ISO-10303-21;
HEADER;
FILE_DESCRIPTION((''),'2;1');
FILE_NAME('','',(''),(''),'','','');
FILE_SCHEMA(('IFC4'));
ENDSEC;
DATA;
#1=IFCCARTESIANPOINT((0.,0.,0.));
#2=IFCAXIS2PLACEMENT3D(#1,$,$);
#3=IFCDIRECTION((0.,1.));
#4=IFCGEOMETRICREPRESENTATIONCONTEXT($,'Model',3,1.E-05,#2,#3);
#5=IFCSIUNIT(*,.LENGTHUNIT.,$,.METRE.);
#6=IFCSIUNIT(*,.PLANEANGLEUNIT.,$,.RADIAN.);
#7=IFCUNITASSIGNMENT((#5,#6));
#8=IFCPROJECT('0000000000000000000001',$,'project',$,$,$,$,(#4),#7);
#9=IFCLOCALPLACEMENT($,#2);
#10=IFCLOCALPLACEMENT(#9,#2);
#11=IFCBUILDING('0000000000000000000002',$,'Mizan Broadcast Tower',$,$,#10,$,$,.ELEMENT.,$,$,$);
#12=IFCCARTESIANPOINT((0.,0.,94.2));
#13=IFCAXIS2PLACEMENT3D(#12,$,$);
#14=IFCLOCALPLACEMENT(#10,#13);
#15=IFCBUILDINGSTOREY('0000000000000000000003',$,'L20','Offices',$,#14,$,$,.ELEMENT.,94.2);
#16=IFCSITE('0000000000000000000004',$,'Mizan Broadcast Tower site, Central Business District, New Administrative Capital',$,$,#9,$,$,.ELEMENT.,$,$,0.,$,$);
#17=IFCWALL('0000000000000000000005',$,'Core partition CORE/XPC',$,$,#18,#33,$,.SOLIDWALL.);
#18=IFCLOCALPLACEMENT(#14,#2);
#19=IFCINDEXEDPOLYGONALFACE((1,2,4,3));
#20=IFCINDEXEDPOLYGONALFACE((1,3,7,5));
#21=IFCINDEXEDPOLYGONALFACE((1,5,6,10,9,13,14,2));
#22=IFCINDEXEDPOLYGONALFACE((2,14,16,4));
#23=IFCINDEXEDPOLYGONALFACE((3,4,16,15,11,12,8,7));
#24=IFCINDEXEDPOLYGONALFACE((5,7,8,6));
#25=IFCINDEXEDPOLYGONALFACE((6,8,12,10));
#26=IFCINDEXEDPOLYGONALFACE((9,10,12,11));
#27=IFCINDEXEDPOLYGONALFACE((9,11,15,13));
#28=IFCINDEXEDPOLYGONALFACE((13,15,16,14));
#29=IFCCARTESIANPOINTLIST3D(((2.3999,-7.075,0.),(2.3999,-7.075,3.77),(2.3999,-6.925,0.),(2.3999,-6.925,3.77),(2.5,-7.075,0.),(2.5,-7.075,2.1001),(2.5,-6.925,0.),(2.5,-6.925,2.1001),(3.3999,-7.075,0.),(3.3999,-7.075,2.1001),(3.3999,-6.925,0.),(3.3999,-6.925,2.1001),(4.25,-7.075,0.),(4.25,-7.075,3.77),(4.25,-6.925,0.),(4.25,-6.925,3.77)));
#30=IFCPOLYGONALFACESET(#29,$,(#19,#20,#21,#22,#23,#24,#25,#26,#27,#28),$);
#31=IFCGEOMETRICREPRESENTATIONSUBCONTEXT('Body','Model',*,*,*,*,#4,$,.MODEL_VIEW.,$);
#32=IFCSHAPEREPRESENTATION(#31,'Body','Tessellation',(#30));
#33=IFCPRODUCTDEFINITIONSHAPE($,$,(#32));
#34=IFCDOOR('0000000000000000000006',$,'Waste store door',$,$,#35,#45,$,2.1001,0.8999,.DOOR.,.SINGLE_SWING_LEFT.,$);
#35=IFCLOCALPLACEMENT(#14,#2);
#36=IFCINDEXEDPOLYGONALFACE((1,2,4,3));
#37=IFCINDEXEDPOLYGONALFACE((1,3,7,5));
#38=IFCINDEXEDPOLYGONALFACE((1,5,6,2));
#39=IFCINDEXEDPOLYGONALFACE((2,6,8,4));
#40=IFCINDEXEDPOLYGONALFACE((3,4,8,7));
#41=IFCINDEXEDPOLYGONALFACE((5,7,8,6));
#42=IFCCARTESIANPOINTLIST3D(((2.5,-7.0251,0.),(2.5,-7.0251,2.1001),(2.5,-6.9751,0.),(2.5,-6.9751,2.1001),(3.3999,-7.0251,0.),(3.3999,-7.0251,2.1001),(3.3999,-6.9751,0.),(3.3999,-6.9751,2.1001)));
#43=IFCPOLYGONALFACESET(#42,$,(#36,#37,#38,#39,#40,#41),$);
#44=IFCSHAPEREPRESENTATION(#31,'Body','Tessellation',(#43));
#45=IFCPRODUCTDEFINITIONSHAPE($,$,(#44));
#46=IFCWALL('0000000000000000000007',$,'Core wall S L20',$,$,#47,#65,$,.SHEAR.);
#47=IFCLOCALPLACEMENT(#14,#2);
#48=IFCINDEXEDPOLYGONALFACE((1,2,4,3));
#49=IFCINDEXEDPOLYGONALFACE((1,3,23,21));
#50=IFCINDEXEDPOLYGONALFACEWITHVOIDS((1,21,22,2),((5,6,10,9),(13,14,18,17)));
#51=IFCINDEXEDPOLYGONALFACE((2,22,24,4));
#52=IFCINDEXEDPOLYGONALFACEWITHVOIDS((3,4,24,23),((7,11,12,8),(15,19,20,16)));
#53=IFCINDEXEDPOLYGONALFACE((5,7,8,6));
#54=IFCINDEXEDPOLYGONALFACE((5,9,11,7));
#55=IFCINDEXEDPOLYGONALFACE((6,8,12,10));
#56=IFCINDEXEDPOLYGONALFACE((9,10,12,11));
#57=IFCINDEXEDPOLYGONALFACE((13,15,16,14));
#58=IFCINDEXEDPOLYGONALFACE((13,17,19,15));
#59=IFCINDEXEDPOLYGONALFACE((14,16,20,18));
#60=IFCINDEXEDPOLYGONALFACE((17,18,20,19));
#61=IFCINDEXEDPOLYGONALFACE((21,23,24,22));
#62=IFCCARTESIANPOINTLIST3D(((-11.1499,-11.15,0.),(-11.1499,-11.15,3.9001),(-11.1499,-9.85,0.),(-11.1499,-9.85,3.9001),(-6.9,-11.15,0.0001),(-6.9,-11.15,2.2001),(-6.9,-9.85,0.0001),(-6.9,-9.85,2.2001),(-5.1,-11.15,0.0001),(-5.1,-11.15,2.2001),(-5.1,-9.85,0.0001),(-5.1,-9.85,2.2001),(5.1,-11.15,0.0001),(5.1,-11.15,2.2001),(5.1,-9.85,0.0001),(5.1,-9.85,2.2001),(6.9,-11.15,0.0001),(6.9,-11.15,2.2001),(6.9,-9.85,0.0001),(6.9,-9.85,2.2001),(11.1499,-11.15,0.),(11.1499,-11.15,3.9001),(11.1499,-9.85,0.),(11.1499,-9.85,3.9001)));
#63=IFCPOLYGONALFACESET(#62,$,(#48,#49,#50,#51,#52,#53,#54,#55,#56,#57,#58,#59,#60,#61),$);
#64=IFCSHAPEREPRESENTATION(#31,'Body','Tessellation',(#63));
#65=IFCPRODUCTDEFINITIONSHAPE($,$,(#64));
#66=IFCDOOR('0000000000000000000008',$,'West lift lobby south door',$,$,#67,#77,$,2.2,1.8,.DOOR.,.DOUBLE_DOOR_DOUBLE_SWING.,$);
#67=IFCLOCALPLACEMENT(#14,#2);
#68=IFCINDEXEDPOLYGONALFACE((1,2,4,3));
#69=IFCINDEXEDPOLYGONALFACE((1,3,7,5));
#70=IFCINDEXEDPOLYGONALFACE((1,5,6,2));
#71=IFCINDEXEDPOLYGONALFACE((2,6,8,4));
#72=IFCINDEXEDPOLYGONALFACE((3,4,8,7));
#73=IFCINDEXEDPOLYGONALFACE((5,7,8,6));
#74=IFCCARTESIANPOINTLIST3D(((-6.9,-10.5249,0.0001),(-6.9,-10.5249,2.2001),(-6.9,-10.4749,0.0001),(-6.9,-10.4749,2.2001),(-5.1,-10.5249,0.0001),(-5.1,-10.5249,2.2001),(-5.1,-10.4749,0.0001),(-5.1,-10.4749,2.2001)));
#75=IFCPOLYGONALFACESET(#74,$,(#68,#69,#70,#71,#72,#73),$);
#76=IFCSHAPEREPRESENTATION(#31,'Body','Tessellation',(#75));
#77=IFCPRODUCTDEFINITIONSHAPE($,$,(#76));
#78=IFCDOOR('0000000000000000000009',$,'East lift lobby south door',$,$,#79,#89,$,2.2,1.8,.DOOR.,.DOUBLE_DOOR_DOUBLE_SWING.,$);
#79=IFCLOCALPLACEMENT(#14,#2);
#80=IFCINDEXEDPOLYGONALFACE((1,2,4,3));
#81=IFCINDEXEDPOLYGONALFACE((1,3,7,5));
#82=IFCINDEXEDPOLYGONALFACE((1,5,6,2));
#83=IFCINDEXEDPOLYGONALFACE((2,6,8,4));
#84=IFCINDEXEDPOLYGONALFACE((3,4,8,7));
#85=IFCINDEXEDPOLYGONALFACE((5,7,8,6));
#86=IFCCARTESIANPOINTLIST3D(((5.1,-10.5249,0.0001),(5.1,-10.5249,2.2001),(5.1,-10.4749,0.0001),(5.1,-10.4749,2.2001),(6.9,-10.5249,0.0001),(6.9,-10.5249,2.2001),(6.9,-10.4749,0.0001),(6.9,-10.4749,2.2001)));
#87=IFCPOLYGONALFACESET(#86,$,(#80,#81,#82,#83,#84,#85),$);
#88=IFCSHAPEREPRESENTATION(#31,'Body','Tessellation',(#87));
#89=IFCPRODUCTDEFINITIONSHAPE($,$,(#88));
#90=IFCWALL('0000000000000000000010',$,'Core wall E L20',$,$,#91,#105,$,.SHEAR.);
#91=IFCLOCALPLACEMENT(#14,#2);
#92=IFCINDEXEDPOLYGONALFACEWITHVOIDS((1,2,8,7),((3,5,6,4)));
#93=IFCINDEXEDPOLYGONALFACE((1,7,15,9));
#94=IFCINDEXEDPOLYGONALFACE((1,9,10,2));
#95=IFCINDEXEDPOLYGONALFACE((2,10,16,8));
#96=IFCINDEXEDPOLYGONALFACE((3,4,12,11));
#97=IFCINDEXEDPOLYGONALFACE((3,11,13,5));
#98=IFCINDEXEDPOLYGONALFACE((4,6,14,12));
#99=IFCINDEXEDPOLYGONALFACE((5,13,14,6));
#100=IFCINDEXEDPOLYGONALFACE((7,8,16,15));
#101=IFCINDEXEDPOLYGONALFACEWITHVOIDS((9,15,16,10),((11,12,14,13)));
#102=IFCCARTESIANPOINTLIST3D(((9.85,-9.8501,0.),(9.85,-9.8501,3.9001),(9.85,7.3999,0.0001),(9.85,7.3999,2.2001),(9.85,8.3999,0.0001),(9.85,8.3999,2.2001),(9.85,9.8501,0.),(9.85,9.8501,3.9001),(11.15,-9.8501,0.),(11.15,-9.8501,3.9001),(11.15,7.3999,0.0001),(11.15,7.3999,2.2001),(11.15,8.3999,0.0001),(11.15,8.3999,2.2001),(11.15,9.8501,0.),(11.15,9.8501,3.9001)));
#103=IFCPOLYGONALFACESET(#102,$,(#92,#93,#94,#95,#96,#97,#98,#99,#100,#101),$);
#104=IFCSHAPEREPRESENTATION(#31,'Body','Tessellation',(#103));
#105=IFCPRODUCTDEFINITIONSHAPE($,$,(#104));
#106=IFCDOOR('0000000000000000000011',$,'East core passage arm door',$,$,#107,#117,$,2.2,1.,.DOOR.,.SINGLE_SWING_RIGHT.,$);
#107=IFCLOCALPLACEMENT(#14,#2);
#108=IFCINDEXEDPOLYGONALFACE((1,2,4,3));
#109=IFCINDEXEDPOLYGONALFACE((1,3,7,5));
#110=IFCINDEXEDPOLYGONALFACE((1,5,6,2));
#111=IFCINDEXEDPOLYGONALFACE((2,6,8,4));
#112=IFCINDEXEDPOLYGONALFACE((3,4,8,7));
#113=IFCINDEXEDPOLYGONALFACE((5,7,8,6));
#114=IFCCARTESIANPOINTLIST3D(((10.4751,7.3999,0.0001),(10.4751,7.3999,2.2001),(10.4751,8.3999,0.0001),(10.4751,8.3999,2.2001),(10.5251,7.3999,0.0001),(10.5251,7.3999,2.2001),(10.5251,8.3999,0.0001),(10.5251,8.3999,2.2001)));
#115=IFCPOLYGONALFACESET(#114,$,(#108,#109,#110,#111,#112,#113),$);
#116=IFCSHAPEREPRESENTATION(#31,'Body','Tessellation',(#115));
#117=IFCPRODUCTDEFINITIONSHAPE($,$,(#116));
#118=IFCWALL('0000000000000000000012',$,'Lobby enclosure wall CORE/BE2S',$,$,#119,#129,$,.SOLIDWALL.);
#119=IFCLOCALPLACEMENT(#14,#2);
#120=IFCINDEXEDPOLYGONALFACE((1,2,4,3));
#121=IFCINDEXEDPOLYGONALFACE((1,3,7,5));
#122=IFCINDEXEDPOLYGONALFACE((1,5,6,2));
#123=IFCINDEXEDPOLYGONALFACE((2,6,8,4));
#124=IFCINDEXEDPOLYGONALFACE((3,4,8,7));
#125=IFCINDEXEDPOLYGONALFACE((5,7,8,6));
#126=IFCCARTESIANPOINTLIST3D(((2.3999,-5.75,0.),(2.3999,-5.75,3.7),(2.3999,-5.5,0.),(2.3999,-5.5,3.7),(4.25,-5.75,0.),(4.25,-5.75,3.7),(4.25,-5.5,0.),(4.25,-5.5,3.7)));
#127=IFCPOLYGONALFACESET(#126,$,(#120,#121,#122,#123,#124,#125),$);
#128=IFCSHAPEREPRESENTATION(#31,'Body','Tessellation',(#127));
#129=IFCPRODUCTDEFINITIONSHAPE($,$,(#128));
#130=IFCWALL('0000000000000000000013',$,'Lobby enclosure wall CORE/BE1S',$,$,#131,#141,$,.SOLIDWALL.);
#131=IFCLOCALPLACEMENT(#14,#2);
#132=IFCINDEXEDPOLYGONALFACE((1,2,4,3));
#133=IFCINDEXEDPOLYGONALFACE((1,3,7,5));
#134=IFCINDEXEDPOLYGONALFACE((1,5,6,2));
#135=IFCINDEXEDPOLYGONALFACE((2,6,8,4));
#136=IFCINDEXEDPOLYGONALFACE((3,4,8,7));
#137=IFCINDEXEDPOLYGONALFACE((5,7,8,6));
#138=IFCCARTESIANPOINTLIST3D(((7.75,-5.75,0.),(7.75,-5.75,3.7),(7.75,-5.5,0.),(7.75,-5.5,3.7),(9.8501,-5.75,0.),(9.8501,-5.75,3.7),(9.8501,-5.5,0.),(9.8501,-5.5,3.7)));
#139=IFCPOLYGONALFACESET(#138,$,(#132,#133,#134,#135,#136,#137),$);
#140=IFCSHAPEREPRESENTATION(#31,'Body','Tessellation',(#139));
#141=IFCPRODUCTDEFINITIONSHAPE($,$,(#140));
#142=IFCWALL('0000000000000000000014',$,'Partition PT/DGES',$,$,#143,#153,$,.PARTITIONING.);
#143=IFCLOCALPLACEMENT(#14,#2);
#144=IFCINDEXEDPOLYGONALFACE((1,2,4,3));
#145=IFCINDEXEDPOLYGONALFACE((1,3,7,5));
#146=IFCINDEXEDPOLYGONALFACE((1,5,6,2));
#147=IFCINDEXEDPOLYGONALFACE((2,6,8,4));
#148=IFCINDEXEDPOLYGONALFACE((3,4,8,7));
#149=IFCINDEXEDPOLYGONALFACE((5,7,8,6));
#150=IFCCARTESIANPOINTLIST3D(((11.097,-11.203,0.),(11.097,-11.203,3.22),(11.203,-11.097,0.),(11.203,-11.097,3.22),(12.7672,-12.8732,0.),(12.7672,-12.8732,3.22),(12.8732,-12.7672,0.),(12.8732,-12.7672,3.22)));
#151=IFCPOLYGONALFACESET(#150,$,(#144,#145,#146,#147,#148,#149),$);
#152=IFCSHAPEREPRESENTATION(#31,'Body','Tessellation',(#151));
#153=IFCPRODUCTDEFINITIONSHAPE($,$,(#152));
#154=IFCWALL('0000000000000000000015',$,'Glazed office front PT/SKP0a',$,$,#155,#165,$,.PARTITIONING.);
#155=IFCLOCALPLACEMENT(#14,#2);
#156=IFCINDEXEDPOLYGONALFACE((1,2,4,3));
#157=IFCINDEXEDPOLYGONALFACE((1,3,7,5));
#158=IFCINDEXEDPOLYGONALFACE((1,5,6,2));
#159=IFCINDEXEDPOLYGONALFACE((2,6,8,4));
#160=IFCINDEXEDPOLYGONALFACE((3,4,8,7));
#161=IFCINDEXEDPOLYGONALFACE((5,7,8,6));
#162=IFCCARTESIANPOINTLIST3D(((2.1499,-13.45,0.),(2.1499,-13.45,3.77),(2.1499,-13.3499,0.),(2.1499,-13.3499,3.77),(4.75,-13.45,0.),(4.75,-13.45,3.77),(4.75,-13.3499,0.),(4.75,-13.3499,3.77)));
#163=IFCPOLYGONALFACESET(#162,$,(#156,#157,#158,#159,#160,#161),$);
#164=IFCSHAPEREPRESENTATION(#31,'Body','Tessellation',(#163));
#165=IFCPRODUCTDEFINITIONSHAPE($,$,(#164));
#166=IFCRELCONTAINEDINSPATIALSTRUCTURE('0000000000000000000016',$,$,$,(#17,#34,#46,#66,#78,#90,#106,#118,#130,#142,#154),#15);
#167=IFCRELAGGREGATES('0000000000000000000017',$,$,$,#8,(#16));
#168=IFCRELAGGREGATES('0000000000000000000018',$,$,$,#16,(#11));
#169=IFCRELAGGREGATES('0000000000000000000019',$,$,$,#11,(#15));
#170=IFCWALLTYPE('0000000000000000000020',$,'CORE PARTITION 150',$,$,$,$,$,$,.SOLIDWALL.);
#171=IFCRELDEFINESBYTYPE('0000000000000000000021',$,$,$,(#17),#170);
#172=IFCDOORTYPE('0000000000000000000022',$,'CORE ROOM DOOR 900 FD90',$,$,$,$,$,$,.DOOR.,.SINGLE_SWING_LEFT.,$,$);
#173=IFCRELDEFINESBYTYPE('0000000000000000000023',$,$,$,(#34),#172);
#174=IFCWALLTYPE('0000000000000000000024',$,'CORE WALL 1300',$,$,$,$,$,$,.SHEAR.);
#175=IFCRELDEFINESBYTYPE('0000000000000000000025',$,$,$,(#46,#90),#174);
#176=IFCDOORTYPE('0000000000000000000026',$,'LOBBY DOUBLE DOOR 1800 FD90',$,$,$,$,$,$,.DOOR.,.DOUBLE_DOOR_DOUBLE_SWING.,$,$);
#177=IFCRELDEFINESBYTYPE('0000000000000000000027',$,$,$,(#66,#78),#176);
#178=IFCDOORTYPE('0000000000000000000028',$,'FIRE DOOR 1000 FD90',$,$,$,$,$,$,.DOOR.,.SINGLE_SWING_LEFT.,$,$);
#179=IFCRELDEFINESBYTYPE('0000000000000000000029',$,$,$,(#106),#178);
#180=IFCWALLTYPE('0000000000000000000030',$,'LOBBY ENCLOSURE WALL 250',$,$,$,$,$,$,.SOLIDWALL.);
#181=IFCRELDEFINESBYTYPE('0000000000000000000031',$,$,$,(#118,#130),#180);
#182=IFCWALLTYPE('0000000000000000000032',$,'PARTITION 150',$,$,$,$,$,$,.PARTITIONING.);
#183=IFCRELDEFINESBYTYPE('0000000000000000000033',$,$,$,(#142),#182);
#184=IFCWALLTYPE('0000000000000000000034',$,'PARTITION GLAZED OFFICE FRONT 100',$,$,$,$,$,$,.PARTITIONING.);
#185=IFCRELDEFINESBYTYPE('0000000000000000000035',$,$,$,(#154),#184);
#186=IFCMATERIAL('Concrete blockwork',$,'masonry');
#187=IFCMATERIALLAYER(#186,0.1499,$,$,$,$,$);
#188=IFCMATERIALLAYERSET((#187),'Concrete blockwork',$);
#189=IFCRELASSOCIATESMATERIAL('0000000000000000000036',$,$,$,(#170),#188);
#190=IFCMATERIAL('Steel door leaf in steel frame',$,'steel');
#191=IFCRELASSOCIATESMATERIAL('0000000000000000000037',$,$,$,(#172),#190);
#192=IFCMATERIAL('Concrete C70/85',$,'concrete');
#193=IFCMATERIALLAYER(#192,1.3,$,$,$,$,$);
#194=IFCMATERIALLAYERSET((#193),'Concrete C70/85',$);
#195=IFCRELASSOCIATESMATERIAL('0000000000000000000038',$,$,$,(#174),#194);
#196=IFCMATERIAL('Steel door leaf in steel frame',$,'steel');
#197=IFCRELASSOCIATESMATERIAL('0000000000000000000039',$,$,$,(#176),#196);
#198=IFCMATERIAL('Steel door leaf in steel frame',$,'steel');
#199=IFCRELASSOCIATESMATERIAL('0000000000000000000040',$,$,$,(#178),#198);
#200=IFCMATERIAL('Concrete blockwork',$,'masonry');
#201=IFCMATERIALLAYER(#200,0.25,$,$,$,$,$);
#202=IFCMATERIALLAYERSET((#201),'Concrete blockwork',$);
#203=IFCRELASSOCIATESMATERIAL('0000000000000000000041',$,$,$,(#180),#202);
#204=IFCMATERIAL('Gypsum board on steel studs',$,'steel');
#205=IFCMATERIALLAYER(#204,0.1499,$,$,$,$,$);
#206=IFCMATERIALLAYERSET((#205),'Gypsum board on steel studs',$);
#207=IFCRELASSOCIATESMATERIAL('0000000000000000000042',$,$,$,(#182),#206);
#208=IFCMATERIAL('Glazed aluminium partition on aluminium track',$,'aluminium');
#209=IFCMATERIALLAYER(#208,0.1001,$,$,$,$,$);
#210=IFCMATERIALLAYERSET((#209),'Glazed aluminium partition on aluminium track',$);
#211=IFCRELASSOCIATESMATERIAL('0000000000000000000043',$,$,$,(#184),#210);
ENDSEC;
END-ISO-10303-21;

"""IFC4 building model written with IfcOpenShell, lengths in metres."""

from ifc_helpers import new_model, si_unit, direction, frame, frame_2d, origin, place, context, subcontext, project, spatial, rectangle, extrude, material, layer, layer_set, type_object, element, fill, save


model = new_model("IFC4")

# Units and contexts
model_context = context("Model", 3, precision=1e-05, world=origin(), true_north=direction((0.0, 1.0)))
body_context = subcontext(model_context, "Body", "Model", "MODEL_VIEW")
ifc_project = project(units=[si_unit("LENGTHUNIT", "METRE"), si_unit("PLANEANGLEUNIT", "RADIAN")], contexts=[model_context])

# Site, building, storey
site_placement = place(None, origin())
site = spatial("IfcSite", under=ifc_project, at=site_placement, Name="Mizan Broadcast Tower site, Central Business District, New Administrative Capital", CompositionType="ELEMENT", RefElevation=0.0)
building_placement = place(site_placement, origin())
building = spatial("IfcBuilding", under=site, at=building_placement, Name="Mizan Broadcast Tower", CompositionType="ELEMENT")
storey_placement = place(building_placement, frame((0.0, 0.0, 94.2)))
storey = spatial("IfcBuildingStorey", under=building, at=storey_placement, Name="L20", Description="Offices", CompositionType="ELEMENT", Elevation=94.2)

# Wall, opening, door
ifc_material_1 = material(Name="Concrete blockwork", Category="masonry")
ifc_layer_1 = layer(ifc_material_1, 0.1499)
ifc_layer_set_1 = layer_set([ifc_layer_1], Name="Concrete blockwork")
wall_type_1 = type_object("IfcWallType", Name="CORE PARTITION 150", PredefinedType="SOLIDWALL", material=ifc_layer_set_1)
wall_1_placement = place(storey_placement, frame((2.3999, -7.0, 0.0), z_axis=(0.0, 0.0, 1.0), x_axis=(1.0, 0.0, 0.0)))
wall_1 = element("IfcWall", 1, at=wall_1_placement, inside=storey, type_object=wall_type_1, Name="Core partition CORE/XPC", PredefinedType="SOLIDWALL", context=body_context, shape_type="SweptSolid", body=[
    extrude(rectangle(XDim=1.8501, YDim=0.1499, at=frame_2d((0.925, 0.0))), origin(), (0.0, 0.0, 1.0), 3.77),
])
opening_1_placement = place(wall_1_placement, frame((0.1001, 0.0, 0.0)))
opening_1 = element("IfcOpeningElement", 2, at=opening_1_placement, cuts=wall_1, PredefinedType="OPENING", context=body_context, shape_type="SweptSolid", body=[
    extrude(rectangle(XDim=0.8999, YDim=2.1001, at=frame_2d((0.45, 1.05))), frame((0.0, 0.085, 0.0), z_axis=(0.0, -1.0, 0.0), x_axis=(1.0, 0.0, 0.0)), (0.0, 0.0, 1.0), 0.1699),
])
ifc_material_2 = material(Name="Steel door leaf in steel frame", Category="steel")
door_type_1 = type_object("IfcDoorType", Name="CORE ROOM DOOR 900 FD90", OperationType="SINGLE_SWING_LEFT", PredefinedType="DOOR", material=ifc_material_2)
door_1_placement = place(opening_1_placement, origin())
door_1 = element("IfcDoor", 3, at=door_1_placement, inside=storey, type_object=door_type_1, Name="Waste store door", OperationType="SINGLE_SWING_LEFT", OverallHeight=2.1001, OverallWidth=0.8999, PredefinedType="DOOR", context=body_context, shape_type="SweptSolid", body=[
    extrude(rectangle(XDim=0.8999, YDim=2.1001, at=frame_2d((0.45, 1.05))), frame((0.0, 0.0249, 0.0), z_axis=(0.0, -1.0, 0.0), x_axis=(1.0, 0.0, 0.0)), (0.0, 0.0, 1.0), 0.05),
])
fill(opening_1, door_1)

# Wall, openings, doors
ifc_material_3 = material(Name="Concrete C70/85", Category="concrete")
ifc_layer_2 = layer(ifc_material_3, 1.3)
ifc_layer_set_2 = layer_set([ifc_layer_2], Name="Concrete C70/85")
wall_type_2 = type_object("IfcWallType", Name="CORE WALL 1300", PredefinedType="SHEAR", material=ifc_layer_set_2)
wall_2_placement = place(storey_placement, frame((11.1499, -10.5, 0.0), z_axis=(0.0, 0.0, 1.0), x_axis=(-1.0, 0.0, 0.0)))
wall_2 = element("IfcWall", 4, at=wall_2_placement, inside=storey, type_object=wall_type_2, Name="Core wall S L20", PredefinedType="SHEAR", context=body_context, shape_type="SweptSolid", body=[
    extrude(rectangle(XDim=22.2998, YDim=1.3, at=frame_2d((11.1499, 0.0))), origin(), (0.0, 0.0, 1.0), 3.9001),
])
opening_2_placement = place(wall_2_placement, frame((16.25, 0.0, 0.0)))
opening_2 = element("IfcOpeningElement", 5, at=opening_2_placement, cuts=wall_2, PredefinedType="OPENING", context=body_context, shape_type="SweptSolid", body=[
    extrude(rectangle(XDim=1.8, YDim=2.2, at=frame_2d((0.8999, 1.1001))), frame((0.0, 0.6599, 0.0), z_axis=(0.0, -1.0, 0.0), x_axis=(1.0, 0.0, 0.0)), (0.0, 0.0, 1.0), 1.3201),
])
opening_3_placement = place(wall_2_placement, frame((4.25, 0.0, 0.0)))
opening_3 = element("IfcOpeningElement", 6, at=opening_3_placement, cuts=wall_2, PredefinedType="OPENING", context=body_context, shape_type="SweptSolid", body=[
    extrude(rectangle(XDim=1.8, YDim=2.2, at=frame_2d((0.8999, 1.1001))), frame((0.0, 0.6599, 0.0), z_axis=(0.0, -1.0, 0.0), x_axis=(1.0, 0.0, 0.0)), (0.0, 0.0, 1.0), 1.3201),
])
ifc_material_4 = material(Name="Steel door leaf in steel frame", Category="steel")
door_type_2 = type_object("IfcDoorType", Name="LOBBY DOUBLE DOOR 1800 FD90", OperationType="DOUBLE_DOOR_DOUBLE_SWING", PredefinedType="DOOR", material=ifc_material_4)
door_2_placement = place(opening_2_placement, origin())
door_2 = element("IfcDoor", 7, at=door_2_placement, inside=storey, type_object=door_type_2, Name="West lift lobby south door", OperationType="DOUBLE_DOOR_DOUBLE_SWING", OverallHeight=2.2, OverallWidth=1.8, PredefinedType="DOOR", context=body_context, shape_type="SweptSolid", body=[
    extrude(rectangle(XDim=1.8, YDim=2.2, at=frame_2d((0.8999, 1.1001))), frame((0.0, 0.0249, 0.0), z_axis=(0.0, -1.0, 0.0), x_axis=(1.0, 0.0, 0.0)), (0.0, 0.0, 1.0), 0.05),
])
fill(opening_2, door_2)
door_3_placement = place(opening_3_placement, origin())
door_3 = element("IfcDoor", 8, at=door_3_placement, inside=storey, type_object=door_type_2, Name="East lift lobby south door", OperationType="DOUBLE_DOOR_DOUBLE_SWING", OverallHeight=2.2, OverallWidth=1.8, PredefinedType="DOOR", context=body_context, shape_type="SweptSolid", body=[
    extrude(rectangle(XDim=1.8, YDim=2.2, at=frame_2d((0.8999, 1.1001))), frame((0.0, 0.0249, 0.0), z_axis=(0.0, -1.0, 0.0), x_axis=(1.0, 0.0, 0.0)), (0.0, 0.0, 1.0), 0.05),
])
fill(opening_3, door_3)

# Wall, opening, door
wall_3_placement = place(storey_placement, frame((10.5, -9.8501, 0.0), z_axis=(0.0, 0.0, 1.0), x_axis=(0.0, 1.0, 0.0)))
wall_3 = element("IfcWall", 9, at=wall_3_placement, inside=storey, type_object=wall_type_2, Name="Core wall E L20", PredefinedType="SHEAR", context=body_context, shape_type="SweptSolid", body=[
    extrude(rectangle(XDim=19.7002, YDim=1.3, at=frame_2d((9.8501, 0.0))), origin(), (0.0, 0.0, 1.0), 3.9001),
])
opening_4_placement = place(wall_3_placement, frame((17.25, 0.0, 0.0)))
opening_4 = element("IfcOpeningElement", 10, at=opening_4_placement, cuts=wall_3, PredefinedType="OPENING", context=body_context, shape_type="SweptSolid", body=[
    extrude(rectangle(XDim=1.0, YDim=2.2, at=frame_2d((0.5, 1.1001))), frame((0.0, 0.6599, 0.0), z_axis=(0.0, -1.0, 0.0), x_axis=(1.0, 0.0, 0.0)), (0.0, 0.0, 1.0), 1.3201),
])
ifc_material_5 = material(Name="Steel door leaf in steel frame", Category="steel")
door_type_3 = type_object("IfcDoorType", Name="FIRE DOOR 1000 FD90", OperationType="SINGLE_SWING_LEFT", PredefinedType="DOOR", material=ifc_material_5)
door_4_placement = place(opening_4_placement, origin())
door_4 = element("IfcDoor", 11, at=door_4_placement, inside=storey, type_object=door_type_3, Name="East core passage arm door", OperationType="SINGLE_SWING_RIGHT", OverallHeight=2.2, OverallWidth=1.0, PredefinedType="DOOR", context=body_context, shape_type="SweptSolid", body=[
    extrude(rectangle(XDim=1.0, YDim=2.2, at=frame_2d((0.5, 1.1001))), frame((0.0, 0.0249, 0.0), z_axis=(0.0, -1.0, 0.0), x_axis=(1.0, 0.0, 0.0)), (0.0, 0.0, 1.0), 0.05),
])
fill(opening_4, door_4)

# Walls
ifc_material_6 = material(Name="Concrete blockwork", Category="masonry")
ifc_layer_3 = layer(ifc_material_6, 0.25)
ifc_layer_set_3 = layer_set([ifc_layer_3], Name="Concrete blockwork")
wall_type_3 = type_object("IfcWallType", Name="LOBBY ENCLOSURE WALL 250", PredefinedType="SOLIDWALL", material=ifc_layer_set_3)
wall_4_placement = place(storey_placement, frame((2.3999, -5.625, 0.0), z_axis=(0.0, 0.0, 1.0), x_axis=(1.0, 0.0, 0.0)))
element("IfcWall", 12, at=wall_4_placement, inside=storey, type_object=wall_type_3, Name="Lobby enclosure wall CORE/BE2S", PredefinedType="SOLIDWALL", context=body_context, shape_type="SweptSolid", body=[
    extrude(rectangle(XDim=1.8501, YDim=0.25, at=frame_2d((0.925, 0.0))), origin(), (0.0, 0.0, 1.0), 3.7),
])
wall_5_placement = place(storey_placement, frame((7.75, -5.625, 0.0), z_axis=(0.0, 0.0, 1.0), x_axis=(1.0, 0.0, 0.0)))
element("IfcWall", 13, at=wall_5_placement, inside=storey, type_object=wall_type_3, Name="Lobby enclosure wall CORE/BE1S", PredefinedType="SOLIDWALL", context=body_context, shape_type="SweptSolid", body=[
    extrude(rectangle(XDim=2.1001, YDim=0.25, at=frame_2d((1.05, 0.0))), origin(), (0.0, 0.0, 1.0), 3.7),
])
ifc_material_7 = material(Name="Gypsum board on steel studs", Category="steel")
ifc_layer_4 = layer(ifc_material_7, 0.1499)
ifc_layer_set_4 = layer_set([ifc_layer_4], Name="Gypsum board on steel studs")
wall_type_4 = type_object("IfcWallType", Name="PARTITION 150", PredefinedType="PARTITIONING", material=ifc_layer_set_4)
wall_6_placement = place(storey_placement, frame((11.1499, -11.1499, 0.0), z_axis=(0.0, 0.0, 1.0), x_axis=(0.707107, -0.707107, 0.0)))
element("IfcWall", 14, at=wall_6_placement, inside=storey, type_object=wall_type_4, Name="Partition PT/DGES", PredefinedType="PARTITIONING", context=body_context, shape_type="SweptSolid", body=[
    extrude(rectangle(XDim=2.3621, YDim=0.1499, at=frame_2d((1.1812, 0.0))), origin(), (0.0, 0.0, 1.0), 3.22),
])
ifc_material_8 = material(Name="Glazed aluminium partition on aluminium track", Category="aluminium")
ifc_layer_5 = layer(ifc_material_8, 0.1001)
ifc_layer_set_5 = layer_set([ifc_layer_5], Name="Glazed aluminium partition on aluminium track")
wall_type_5 = type_object("IfcWallType", Name="PARTITION GLAZED OFFICE FRONT 100", PredefinedType="PARTITIONING", material=ifc_layer_set_5)
for number, where, z_axis, x_axis, name in (
    (15, (2.1499, -13.3999, 0.0), (0.0, 0.0, 1.0), (1.0, 0.0, 0.0), "Glazed office front PT/SKP0a"),
):
    element("IfcWall", number, at=place(storey_placement, frame(where, z_axis=z_axis, x_axis=x_axis)), inside=storey, type_object=wall_type_5, Name=name, PredefinedType="PARTITIONING", context=body_context, shape_type="SweptSolid", body=[
        extrude(rectangle(XDim=2.6001, YDim=0.1001, at=frame_2d((1.3, 0.0))), origin(), (0.0, 0.0, 1.0), 3.77),
    ])

save(model, "model.ifc")
